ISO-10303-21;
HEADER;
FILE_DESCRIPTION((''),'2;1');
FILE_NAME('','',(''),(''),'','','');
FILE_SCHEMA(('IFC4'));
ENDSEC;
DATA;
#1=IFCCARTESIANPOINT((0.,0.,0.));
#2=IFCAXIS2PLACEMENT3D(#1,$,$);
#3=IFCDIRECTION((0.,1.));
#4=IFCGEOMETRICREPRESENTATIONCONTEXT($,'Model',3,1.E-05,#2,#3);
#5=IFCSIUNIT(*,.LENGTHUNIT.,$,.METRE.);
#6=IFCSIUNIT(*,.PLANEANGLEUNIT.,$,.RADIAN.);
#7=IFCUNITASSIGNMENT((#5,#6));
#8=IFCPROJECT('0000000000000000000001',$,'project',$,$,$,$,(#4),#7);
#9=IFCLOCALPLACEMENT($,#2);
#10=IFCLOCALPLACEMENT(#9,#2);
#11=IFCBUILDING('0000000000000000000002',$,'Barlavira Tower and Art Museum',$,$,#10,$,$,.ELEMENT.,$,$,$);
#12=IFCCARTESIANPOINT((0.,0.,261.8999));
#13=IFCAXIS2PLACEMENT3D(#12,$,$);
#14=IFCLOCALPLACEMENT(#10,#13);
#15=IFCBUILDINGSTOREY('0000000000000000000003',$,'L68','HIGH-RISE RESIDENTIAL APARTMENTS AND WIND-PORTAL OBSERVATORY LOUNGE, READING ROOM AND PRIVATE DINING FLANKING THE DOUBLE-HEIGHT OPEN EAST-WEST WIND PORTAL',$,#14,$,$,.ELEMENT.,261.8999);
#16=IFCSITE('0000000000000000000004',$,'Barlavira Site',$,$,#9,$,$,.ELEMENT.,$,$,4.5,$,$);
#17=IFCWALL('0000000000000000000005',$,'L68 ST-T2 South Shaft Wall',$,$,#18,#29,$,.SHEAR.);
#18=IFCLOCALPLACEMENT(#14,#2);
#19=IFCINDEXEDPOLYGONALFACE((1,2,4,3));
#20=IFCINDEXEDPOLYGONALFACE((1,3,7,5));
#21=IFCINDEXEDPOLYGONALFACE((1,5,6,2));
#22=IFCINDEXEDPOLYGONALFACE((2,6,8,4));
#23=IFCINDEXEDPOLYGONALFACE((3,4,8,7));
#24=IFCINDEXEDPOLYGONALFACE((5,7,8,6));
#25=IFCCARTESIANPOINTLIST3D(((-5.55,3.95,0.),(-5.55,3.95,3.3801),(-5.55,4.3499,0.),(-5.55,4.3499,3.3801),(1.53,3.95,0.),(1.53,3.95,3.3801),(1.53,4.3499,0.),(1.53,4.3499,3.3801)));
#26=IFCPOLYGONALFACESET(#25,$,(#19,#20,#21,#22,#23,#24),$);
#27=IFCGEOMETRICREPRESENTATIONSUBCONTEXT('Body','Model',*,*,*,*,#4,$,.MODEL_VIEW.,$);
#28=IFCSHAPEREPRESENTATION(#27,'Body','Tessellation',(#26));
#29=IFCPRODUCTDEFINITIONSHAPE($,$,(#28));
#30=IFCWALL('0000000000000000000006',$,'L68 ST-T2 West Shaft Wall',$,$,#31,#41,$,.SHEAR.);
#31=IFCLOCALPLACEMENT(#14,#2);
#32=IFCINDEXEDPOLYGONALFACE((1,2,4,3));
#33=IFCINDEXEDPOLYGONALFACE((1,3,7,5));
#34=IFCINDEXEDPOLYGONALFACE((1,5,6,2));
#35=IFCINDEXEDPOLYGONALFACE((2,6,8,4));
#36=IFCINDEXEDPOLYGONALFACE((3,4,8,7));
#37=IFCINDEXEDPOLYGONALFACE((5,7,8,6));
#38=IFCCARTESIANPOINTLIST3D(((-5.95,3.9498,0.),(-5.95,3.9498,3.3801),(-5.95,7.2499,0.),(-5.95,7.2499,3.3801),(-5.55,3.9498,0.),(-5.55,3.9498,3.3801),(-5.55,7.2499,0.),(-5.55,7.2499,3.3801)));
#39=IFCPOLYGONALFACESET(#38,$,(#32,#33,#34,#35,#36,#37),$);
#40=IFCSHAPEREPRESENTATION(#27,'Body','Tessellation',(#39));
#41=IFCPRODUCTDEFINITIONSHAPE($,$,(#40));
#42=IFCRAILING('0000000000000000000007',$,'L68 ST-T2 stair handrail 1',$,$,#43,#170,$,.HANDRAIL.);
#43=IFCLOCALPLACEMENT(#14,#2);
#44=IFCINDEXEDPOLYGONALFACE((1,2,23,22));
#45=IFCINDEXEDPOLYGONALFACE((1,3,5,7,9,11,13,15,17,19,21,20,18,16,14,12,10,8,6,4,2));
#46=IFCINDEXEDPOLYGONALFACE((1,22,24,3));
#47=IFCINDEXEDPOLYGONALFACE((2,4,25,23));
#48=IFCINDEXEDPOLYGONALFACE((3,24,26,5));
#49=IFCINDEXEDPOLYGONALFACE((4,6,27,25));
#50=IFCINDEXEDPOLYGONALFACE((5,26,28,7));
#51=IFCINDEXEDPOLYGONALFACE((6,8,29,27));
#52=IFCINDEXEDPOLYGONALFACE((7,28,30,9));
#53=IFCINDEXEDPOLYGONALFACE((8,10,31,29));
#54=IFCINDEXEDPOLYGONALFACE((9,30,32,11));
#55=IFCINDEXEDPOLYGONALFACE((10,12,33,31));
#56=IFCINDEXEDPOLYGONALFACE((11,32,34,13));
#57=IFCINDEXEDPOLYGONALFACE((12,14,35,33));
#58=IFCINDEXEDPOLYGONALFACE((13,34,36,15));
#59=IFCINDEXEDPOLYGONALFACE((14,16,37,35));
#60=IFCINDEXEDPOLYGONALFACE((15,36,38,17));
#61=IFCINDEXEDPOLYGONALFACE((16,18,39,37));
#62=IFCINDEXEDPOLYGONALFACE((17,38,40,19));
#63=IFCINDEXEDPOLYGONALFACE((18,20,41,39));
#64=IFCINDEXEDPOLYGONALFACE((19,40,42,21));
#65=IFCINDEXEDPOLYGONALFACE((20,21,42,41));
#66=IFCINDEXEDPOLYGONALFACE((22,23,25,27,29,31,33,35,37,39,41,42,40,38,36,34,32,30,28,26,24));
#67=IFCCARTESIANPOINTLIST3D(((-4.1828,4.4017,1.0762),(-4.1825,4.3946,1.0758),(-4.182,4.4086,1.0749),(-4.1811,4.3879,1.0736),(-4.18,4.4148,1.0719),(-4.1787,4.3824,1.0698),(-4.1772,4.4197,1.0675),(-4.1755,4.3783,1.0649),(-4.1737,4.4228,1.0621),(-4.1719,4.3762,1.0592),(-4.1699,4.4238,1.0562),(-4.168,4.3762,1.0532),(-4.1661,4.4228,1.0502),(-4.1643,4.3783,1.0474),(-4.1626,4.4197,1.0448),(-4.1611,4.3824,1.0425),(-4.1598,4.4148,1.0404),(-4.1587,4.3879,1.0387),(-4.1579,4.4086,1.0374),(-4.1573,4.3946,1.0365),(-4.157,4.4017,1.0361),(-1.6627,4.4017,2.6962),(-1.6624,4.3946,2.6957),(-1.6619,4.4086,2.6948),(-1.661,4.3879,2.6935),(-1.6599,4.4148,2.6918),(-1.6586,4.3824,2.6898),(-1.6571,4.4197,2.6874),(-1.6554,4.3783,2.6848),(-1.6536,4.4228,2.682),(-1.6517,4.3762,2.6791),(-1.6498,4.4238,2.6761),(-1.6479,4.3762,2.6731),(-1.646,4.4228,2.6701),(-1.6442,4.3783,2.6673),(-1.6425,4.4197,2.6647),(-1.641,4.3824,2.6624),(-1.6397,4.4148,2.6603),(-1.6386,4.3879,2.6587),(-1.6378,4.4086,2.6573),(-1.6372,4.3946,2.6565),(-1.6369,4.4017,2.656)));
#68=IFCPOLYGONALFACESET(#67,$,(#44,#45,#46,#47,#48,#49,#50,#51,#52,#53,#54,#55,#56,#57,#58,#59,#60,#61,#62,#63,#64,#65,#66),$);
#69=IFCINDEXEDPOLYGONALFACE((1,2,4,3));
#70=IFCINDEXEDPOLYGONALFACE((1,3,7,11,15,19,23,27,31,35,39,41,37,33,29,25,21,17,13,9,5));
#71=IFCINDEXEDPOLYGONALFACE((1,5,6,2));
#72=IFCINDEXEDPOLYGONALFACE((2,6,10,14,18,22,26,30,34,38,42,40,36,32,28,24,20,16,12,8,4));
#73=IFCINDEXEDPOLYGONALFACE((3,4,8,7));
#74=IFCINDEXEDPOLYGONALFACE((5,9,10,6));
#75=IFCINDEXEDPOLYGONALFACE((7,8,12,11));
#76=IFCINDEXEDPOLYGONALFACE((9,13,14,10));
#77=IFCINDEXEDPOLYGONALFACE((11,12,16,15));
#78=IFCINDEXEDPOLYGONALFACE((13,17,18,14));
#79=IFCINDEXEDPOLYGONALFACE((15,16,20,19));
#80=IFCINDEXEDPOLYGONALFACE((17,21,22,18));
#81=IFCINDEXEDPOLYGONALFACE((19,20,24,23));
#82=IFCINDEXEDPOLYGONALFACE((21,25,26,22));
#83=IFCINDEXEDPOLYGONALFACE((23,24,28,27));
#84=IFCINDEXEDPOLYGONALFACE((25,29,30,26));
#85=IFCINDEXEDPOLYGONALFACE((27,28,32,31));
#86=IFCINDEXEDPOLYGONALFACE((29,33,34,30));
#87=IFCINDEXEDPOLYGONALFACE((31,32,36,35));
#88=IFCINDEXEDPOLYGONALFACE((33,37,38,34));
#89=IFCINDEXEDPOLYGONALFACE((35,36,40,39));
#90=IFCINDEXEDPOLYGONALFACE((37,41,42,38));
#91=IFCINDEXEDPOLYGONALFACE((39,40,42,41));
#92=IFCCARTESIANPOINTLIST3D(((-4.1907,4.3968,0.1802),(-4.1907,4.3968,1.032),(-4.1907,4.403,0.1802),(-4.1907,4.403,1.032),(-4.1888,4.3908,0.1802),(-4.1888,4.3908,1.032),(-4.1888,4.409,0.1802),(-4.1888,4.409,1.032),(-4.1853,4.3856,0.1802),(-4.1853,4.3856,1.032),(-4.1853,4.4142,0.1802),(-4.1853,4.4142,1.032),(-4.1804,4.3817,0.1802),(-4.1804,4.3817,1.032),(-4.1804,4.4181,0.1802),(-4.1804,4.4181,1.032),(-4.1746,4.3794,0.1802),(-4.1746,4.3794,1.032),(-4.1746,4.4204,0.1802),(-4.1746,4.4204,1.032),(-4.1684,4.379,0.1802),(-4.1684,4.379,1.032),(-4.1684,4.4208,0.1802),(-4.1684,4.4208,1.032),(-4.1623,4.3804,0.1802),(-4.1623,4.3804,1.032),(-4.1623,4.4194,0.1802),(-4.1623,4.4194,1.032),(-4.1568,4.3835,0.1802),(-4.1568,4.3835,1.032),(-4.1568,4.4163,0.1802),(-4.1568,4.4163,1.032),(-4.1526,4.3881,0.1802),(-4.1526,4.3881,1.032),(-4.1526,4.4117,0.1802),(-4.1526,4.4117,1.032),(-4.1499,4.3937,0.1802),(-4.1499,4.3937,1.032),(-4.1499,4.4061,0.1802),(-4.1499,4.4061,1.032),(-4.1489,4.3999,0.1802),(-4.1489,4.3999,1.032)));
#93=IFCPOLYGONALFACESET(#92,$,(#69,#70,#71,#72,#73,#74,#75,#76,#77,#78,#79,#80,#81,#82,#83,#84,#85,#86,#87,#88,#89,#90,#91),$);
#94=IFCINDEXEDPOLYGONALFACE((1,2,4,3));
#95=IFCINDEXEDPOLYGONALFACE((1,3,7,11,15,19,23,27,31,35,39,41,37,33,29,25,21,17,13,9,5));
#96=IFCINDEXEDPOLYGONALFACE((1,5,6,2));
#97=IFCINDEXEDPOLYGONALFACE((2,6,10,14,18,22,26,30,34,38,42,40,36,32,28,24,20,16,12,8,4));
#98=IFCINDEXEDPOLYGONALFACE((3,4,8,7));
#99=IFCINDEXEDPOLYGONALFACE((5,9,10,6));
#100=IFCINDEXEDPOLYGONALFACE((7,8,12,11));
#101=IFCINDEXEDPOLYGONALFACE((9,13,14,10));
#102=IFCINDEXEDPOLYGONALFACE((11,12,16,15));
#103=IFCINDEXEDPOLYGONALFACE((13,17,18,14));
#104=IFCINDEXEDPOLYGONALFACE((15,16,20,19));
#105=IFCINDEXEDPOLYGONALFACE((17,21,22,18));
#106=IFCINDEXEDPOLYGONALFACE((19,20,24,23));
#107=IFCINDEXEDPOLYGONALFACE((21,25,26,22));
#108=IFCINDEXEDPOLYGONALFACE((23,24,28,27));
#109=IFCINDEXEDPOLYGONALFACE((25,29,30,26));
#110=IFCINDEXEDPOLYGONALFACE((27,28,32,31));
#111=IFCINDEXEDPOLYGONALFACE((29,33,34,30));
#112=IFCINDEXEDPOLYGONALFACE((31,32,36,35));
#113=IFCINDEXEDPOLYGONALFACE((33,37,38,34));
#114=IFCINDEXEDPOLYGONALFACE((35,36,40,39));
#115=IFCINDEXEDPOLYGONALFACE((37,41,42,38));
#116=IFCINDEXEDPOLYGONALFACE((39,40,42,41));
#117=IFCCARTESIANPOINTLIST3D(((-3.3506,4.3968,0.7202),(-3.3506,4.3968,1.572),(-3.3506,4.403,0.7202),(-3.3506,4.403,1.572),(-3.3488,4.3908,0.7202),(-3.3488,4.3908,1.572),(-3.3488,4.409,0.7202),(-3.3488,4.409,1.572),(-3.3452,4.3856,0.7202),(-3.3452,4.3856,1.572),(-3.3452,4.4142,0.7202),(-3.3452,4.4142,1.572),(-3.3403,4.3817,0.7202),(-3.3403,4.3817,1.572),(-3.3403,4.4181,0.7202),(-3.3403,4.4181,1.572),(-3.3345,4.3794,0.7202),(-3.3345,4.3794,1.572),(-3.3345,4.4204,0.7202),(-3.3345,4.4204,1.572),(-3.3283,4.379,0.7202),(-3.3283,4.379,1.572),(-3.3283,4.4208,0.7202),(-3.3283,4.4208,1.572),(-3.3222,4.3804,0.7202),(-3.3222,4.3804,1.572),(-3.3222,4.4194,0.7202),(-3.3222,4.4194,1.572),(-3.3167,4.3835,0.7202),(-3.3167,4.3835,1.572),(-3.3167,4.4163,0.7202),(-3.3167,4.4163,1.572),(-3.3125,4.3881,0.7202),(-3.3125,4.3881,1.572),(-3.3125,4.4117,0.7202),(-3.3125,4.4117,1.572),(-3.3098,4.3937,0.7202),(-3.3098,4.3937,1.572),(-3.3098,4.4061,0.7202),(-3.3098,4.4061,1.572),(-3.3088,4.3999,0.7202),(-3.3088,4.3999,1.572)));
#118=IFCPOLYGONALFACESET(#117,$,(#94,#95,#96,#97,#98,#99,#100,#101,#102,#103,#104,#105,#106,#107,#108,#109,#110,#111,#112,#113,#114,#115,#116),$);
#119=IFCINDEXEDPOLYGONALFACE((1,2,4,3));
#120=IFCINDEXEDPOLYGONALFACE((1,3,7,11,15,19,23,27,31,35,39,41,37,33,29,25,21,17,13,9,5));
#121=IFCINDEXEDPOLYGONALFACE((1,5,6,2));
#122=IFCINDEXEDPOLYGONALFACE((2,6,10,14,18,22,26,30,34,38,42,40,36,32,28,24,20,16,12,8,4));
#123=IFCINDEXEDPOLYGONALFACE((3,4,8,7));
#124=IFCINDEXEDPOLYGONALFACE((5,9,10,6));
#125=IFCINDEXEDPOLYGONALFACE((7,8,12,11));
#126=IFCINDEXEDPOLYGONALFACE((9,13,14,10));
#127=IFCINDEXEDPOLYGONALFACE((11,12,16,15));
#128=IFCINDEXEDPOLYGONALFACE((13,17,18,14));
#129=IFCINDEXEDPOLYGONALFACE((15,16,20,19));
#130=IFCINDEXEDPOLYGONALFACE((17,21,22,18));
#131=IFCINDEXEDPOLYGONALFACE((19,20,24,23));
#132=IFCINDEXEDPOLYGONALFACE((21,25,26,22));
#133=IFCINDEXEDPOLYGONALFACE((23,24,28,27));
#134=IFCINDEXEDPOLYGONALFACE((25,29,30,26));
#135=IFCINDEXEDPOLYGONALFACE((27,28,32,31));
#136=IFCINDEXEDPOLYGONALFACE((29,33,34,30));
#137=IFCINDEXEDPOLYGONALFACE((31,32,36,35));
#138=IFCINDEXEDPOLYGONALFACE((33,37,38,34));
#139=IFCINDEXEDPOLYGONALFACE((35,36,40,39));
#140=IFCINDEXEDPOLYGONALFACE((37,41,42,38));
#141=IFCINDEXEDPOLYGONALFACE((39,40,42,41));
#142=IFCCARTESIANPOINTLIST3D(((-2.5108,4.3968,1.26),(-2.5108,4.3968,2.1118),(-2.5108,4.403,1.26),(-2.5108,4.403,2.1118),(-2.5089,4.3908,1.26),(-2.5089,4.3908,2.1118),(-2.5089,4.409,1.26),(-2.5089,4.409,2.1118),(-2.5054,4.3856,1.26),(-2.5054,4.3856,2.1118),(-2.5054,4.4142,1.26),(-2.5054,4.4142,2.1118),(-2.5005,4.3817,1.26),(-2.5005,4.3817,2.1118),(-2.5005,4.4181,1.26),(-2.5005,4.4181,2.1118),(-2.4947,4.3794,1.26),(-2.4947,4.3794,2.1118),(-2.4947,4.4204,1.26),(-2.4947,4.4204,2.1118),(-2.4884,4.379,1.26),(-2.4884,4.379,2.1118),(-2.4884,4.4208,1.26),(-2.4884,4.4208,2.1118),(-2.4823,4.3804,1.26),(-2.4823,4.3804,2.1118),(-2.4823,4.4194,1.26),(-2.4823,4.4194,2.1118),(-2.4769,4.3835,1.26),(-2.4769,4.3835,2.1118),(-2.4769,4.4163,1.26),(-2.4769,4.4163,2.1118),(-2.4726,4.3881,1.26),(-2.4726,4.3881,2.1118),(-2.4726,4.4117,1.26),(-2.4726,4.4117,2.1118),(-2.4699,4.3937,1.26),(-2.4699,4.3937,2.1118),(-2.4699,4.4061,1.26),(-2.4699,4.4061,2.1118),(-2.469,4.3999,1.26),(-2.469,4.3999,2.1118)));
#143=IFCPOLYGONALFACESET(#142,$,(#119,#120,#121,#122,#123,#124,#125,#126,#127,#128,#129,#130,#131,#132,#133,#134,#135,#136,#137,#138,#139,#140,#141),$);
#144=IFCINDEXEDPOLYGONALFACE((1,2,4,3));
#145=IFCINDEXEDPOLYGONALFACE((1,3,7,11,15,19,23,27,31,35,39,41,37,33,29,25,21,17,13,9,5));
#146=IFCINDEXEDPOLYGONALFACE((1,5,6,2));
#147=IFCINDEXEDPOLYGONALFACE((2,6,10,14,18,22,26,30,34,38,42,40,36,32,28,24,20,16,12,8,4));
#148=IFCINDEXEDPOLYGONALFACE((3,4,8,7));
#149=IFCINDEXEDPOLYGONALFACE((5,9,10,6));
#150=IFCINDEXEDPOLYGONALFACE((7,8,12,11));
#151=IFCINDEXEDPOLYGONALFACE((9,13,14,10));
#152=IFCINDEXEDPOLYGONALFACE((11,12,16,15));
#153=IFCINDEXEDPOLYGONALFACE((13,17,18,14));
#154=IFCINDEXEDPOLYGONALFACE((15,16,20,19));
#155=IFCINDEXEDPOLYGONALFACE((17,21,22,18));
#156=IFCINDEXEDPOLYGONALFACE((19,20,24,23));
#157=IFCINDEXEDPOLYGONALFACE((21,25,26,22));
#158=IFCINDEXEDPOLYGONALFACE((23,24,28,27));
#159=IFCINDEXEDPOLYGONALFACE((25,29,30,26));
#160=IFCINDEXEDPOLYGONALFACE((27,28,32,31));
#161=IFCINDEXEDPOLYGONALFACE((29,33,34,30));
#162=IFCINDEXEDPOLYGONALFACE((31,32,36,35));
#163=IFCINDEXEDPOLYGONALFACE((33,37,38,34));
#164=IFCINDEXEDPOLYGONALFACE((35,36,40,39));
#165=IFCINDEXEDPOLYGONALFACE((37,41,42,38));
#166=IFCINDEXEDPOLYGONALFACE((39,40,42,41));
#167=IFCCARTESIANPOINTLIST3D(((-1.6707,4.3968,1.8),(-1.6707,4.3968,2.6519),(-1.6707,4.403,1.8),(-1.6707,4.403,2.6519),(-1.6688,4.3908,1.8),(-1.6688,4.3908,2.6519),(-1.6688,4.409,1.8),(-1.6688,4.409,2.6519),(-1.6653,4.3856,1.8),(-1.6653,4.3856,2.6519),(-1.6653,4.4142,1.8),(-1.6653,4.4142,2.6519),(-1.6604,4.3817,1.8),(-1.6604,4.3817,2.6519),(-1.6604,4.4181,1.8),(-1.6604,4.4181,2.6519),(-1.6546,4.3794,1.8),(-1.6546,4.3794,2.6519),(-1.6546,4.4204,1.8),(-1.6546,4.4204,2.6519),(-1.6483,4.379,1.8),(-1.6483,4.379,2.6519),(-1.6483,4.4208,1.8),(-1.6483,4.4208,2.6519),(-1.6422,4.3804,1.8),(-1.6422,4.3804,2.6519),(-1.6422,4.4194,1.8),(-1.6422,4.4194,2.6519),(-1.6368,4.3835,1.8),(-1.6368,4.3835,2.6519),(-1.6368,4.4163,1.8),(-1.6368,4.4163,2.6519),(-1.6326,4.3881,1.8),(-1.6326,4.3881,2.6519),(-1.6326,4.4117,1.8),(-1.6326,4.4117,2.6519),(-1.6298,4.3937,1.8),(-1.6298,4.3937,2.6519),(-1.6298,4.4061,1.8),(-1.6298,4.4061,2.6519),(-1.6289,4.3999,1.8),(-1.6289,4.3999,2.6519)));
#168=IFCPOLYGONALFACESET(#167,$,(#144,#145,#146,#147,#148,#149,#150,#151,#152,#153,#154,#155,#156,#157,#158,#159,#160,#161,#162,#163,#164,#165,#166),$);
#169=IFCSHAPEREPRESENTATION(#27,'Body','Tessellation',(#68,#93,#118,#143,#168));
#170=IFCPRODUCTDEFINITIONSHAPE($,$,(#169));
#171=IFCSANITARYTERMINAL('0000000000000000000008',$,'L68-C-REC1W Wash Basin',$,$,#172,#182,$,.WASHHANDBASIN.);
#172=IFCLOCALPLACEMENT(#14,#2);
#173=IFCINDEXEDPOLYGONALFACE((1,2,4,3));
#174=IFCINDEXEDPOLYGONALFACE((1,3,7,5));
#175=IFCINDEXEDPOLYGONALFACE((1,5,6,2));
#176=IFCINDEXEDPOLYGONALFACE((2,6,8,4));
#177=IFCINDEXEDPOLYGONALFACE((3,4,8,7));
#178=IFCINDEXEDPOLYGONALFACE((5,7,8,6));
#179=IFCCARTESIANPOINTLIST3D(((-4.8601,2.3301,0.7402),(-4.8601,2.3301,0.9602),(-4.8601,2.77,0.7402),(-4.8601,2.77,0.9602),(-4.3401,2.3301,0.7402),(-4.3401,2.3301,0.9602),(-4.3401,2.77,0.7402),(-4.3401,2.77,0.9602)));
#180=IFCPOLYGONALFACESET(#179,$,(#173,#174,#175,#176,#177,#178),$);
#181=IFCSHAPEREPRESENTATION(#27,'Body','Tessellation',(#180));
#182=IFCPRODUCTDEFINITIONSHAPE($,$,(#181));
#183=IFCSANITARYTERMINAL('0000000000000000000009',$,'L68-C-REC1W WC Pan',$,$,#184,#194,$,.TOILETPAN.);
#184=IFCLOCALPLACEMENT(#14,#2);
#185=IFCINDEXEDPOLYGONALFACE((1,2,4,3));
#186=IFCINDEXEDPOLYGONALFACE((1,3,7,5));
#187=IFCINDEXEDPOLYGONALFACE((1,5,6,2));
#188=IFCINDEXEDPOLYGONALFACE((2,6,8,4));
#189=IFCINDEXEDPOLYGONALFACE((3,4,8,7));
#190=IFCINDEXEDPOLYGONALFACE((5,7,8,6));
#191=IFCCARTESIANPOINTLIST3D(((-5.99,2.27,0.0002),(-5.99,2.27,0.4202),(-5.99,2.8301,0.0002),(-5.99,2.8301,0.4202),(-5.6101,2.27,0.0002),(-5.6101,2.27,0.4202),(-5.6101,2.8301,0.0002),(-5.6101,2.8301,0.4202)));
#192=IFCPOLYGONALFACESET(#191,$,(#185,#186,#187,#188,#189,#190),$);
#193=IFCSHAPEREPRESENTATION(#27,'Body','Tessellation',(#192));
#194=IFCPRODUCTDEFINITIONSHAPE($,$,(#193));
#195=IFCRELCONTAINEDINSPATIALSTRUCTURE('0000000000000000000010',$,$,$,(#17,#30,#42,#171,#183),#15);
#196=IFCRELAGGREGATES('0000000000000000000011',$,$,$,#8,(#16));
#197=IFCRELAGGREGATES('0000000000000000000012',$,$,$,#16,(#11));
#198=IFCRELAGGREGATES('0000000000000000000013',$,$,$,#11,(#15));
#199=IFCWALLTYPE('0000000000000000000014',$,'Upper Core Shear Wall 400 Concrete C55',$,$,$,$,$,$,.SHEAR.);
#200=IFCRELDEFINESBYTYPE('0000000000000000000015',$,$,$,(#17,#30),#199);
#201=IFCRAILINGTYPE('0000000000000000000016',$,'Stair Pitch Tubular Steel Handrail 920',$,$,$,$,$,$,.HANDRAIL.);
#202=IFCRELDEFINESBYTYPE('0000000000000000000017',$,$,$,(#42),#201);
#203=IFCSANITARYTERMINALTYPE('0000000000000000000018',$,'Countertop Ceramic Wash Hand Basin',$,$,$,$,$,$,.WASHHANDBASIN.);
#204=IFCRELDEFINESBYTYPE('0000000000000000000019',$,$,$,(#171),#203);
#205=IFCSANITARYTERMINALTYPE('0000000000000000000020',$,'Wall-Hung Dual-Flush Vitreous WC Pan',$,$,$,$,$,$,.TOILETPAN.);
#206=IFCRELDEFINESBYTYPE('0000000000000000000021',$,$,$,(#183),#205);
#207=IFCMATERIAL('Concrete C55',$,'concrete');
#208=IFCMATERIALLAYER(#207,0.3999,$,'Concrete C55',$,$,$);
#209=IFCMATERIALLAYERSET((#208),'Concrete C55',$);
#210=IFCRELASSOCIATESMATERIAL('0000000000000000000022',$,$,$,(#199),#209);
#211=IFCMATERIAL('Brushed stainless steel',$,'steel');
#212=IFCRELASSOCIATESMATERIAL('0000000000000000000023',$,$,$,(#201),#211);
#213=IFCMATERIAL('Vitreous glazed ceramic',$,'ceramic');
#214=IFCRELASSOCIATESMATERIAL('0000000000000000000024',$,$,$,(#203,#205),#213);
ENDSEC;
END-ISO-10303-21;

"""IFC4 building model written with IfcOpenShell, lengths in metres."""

from ifc_helpers import new_model, si_unit, direction, frame, frame_2d, origin, origin_2d, place, context, subcontext, project, spatial, rectangle, circle, extrude, material, layer, layer_set, type_object, element, save


model = new_model("IFC4")

# Units and contexts
model_context = context("Model", 3, precision=1e-05, world=origin(), true_north=direction((0.0, 1.0)))
body_context = subcontext(model_context, "Body", "Model", "MODEL_VIEW")
ifc_project = project(units=[si_unit("LENGTHUNIT", "METRE"), si_unit("PLANEANGLEUNIT", "RADIAN")], contexts=[model_context])

# Site, building, storey
site_placement = place(None, origin())
site = spatial("IfcSite", under=ifc_project, at=site_placement, Name="Barlavira Site", CompositionType="ELEMENT", RefElevation=4.5)
building_placement = place(site_placement, origin())
building = spatial("IfcBuilding", under=site, at=building_placement, Name="Barlavira Tower and Art Museum", CompositionType="ELEMENT")
storey_placement = place(building_placement, frame((0.0, 0.0, 261.8999)))
storey = spatial("IfcBuildingStorey", under=building, at=storey_placement, Name="L68", Description="HIGH-RISE RESIDENTIAL APARTMENTS AND WIND-PORTAL OBSERVATORY LOUNGE, READING ROOM AND PRIVATE DINING FLANKING THE DOUBLE-HEIGHT OPEN EAST-WEST WIND PORTAL", CompositionType="ELEMENT", Elevation=261.8999)

# Shared definitions
ifc_material_1 = material(Name="Brushed stainless steel", Category="steel")

# Walls
ifc_material_2 = material(Name="Concrete C55", Category="concrete")
ifc_layer_1 = layer(ifc_material_2, 0.3999, Name="Concrete C55")
ifc_layer_set_1 = layer_set([ifc_layer_1], Name="Concrete C55")
wall_type_1 = type_object("IfcWallType", Name="Upper Core Shear Wall 400 Concrete C55", PredefinedType="SHEAR", material=ifc_layer_set_1)
wall_1_placement = place(storey_placement, frame((-5.55, 4.1499, 0.0), z_axis=(0.0, 0.0, 1.0), x_axis=(1.0, 0.0, 0.0)))
element("IfcWall", 1, at=wall_1_placement, inside=storey, type_object=wall_type_1, Name="L68 ST-T2 South Shaft Wall", PredefinedType="SHEAR", context=body_context, shape_type="SweptSolid", body=[
    extrude(rectangle(XDim=7.0801, YDim=0.3999, at=frame_2d((3.54, 0.0))), origin(), (0.0, 0.0, 1.0), 3.3801),
])
wall_2_placement = place(storey_placement, frame((-5.75, 3.95, 0.0), z_axis=(0.0, 0.0, 1.0), x_axis=(0.0, 1.0, 0.0)))
element("IfcWall", 2, at=wall_2_placement, inside=storey, type_object=wall_type_1, Name="L68 ST-T2 West Shaft Wall", PredefinedType="SHEAR", context=body_context, shape_type="SweptSolid", body=[
    extrude(rectangle(XDim=3.3, YDim=0.3999, at=frame_2d((1.6499, 0.0))), origin(), (0.0, 0.0, 1.0), 3.3801),
])

# Railing
railing_type = type_object("IfcRailingType", Name="Stair Pitch Tubular Steel Handrail 920", PredefinedType="HANDRAIL", material=ifc_material_1)
railing_placement = place(storey_placement, frame((-4.1699, 4.3999, 0.1802)))
element("IfcRailing", 3, at=railing_placement, inside=storey, type_object=railing_type, Name="L68 ST-T2 stair handrail 1", PredefinedType="HANDRAIL", context=body_context, shape_type="SweptSolid", body=[
    extrude(circle(Radius=0.0239, at=origin_2d()), frame((0.0, 0.0, 0.876), z_axis=(0.8412, 0.0, 0.540725), x_axis=(0.0, 1.0, 0.0)), (0.0, 0.0, 1.0), 2.9958),
    extrude(circle(Radius=0.021, at=origin_2d()), origin(), (0.0, 0.0, 1.0), 0.8518),
    extrude(circle(Radius=0.021, at=origin_2d()), frame((0.8401, 0.0, 0.54)), (0.0, 0.0, 1.0), 0.8518),
    extrude(circle(Radius=0.021, at=origin_2d()), frame((1.6799, 0.0, 1.0798)), (0.0, 0.0, 1.0), 0.8518),
    extrude(circle(Radius=0.021, at=origin_2d()), frame((2.52, 0.0, 1.6199)), (0.0, 0.0, 1.0), 0.8518),
])

# Sanitary terminals
ifc_material_3 = material(Name="Vitreous glazed ceramic", Category="ceramic")
sanitary_terminal_type_1 = type_object("IfcSanitaryTerminalType", Name="Countertop Ceramic Wash Hand Basin", PredefinedType="WASHHANDBASIN", material=ifc_material_3)
sanitary_terminal_1_placement = place(storey_placement, frame((-4.6001, 2.55, 0.7402), z_axis=(0.0, 0.0, 1.0), x_axis=(1.0, 0.0, 0.0)))
element("IfcSanitaryTerminal", 4, at=sanitary_terminal_1_placement, inside=storey, type_object=sanitary_terminal_type_1, Name="L68-C-REC1W Wash Basin", PredefinedType="WASHHANDBASIN", context=body_context, shape_type="SweptSolid", body=[
    extrude(rectangle(XDim=0.52, YDim=0.4399, at=origin_2d()), origin(), (0.0, 0.0, 1.0), 0.22),
])
sanitary_terminal_type_2 = type_object("IfcSanitaryTerminalType", Name="Wall-Hung Dual-Flush Vitreous WC Pan", PredefinedType="TOILETPAN", material=ifc_material_3)
sanitary_terminal_2_placement = place(storey_placement, frame((-5.8, 2.55, 0.0002), z_axis=(0.0, 0.0, 1.0), x_axis=(1.0, 0.0, 0.0)))
element("IfcSanitaryTerminal", 5, at=sanitary_terminal_2_placement, inside=storey, type_object=sanitary_terminal_type_2, Name="L68-C-REC1W WC Pan", PredefinedType="TOILETPAN", context=body_context, shape_type="SweptSolid", body=[
    extrude(rectangle(XDim=0.3799, YDim=0.5601, at=origin_2d()), origin(), (0.0, 0.0, 1.0), 0.4199),
])

save(model, "model.ifc")
